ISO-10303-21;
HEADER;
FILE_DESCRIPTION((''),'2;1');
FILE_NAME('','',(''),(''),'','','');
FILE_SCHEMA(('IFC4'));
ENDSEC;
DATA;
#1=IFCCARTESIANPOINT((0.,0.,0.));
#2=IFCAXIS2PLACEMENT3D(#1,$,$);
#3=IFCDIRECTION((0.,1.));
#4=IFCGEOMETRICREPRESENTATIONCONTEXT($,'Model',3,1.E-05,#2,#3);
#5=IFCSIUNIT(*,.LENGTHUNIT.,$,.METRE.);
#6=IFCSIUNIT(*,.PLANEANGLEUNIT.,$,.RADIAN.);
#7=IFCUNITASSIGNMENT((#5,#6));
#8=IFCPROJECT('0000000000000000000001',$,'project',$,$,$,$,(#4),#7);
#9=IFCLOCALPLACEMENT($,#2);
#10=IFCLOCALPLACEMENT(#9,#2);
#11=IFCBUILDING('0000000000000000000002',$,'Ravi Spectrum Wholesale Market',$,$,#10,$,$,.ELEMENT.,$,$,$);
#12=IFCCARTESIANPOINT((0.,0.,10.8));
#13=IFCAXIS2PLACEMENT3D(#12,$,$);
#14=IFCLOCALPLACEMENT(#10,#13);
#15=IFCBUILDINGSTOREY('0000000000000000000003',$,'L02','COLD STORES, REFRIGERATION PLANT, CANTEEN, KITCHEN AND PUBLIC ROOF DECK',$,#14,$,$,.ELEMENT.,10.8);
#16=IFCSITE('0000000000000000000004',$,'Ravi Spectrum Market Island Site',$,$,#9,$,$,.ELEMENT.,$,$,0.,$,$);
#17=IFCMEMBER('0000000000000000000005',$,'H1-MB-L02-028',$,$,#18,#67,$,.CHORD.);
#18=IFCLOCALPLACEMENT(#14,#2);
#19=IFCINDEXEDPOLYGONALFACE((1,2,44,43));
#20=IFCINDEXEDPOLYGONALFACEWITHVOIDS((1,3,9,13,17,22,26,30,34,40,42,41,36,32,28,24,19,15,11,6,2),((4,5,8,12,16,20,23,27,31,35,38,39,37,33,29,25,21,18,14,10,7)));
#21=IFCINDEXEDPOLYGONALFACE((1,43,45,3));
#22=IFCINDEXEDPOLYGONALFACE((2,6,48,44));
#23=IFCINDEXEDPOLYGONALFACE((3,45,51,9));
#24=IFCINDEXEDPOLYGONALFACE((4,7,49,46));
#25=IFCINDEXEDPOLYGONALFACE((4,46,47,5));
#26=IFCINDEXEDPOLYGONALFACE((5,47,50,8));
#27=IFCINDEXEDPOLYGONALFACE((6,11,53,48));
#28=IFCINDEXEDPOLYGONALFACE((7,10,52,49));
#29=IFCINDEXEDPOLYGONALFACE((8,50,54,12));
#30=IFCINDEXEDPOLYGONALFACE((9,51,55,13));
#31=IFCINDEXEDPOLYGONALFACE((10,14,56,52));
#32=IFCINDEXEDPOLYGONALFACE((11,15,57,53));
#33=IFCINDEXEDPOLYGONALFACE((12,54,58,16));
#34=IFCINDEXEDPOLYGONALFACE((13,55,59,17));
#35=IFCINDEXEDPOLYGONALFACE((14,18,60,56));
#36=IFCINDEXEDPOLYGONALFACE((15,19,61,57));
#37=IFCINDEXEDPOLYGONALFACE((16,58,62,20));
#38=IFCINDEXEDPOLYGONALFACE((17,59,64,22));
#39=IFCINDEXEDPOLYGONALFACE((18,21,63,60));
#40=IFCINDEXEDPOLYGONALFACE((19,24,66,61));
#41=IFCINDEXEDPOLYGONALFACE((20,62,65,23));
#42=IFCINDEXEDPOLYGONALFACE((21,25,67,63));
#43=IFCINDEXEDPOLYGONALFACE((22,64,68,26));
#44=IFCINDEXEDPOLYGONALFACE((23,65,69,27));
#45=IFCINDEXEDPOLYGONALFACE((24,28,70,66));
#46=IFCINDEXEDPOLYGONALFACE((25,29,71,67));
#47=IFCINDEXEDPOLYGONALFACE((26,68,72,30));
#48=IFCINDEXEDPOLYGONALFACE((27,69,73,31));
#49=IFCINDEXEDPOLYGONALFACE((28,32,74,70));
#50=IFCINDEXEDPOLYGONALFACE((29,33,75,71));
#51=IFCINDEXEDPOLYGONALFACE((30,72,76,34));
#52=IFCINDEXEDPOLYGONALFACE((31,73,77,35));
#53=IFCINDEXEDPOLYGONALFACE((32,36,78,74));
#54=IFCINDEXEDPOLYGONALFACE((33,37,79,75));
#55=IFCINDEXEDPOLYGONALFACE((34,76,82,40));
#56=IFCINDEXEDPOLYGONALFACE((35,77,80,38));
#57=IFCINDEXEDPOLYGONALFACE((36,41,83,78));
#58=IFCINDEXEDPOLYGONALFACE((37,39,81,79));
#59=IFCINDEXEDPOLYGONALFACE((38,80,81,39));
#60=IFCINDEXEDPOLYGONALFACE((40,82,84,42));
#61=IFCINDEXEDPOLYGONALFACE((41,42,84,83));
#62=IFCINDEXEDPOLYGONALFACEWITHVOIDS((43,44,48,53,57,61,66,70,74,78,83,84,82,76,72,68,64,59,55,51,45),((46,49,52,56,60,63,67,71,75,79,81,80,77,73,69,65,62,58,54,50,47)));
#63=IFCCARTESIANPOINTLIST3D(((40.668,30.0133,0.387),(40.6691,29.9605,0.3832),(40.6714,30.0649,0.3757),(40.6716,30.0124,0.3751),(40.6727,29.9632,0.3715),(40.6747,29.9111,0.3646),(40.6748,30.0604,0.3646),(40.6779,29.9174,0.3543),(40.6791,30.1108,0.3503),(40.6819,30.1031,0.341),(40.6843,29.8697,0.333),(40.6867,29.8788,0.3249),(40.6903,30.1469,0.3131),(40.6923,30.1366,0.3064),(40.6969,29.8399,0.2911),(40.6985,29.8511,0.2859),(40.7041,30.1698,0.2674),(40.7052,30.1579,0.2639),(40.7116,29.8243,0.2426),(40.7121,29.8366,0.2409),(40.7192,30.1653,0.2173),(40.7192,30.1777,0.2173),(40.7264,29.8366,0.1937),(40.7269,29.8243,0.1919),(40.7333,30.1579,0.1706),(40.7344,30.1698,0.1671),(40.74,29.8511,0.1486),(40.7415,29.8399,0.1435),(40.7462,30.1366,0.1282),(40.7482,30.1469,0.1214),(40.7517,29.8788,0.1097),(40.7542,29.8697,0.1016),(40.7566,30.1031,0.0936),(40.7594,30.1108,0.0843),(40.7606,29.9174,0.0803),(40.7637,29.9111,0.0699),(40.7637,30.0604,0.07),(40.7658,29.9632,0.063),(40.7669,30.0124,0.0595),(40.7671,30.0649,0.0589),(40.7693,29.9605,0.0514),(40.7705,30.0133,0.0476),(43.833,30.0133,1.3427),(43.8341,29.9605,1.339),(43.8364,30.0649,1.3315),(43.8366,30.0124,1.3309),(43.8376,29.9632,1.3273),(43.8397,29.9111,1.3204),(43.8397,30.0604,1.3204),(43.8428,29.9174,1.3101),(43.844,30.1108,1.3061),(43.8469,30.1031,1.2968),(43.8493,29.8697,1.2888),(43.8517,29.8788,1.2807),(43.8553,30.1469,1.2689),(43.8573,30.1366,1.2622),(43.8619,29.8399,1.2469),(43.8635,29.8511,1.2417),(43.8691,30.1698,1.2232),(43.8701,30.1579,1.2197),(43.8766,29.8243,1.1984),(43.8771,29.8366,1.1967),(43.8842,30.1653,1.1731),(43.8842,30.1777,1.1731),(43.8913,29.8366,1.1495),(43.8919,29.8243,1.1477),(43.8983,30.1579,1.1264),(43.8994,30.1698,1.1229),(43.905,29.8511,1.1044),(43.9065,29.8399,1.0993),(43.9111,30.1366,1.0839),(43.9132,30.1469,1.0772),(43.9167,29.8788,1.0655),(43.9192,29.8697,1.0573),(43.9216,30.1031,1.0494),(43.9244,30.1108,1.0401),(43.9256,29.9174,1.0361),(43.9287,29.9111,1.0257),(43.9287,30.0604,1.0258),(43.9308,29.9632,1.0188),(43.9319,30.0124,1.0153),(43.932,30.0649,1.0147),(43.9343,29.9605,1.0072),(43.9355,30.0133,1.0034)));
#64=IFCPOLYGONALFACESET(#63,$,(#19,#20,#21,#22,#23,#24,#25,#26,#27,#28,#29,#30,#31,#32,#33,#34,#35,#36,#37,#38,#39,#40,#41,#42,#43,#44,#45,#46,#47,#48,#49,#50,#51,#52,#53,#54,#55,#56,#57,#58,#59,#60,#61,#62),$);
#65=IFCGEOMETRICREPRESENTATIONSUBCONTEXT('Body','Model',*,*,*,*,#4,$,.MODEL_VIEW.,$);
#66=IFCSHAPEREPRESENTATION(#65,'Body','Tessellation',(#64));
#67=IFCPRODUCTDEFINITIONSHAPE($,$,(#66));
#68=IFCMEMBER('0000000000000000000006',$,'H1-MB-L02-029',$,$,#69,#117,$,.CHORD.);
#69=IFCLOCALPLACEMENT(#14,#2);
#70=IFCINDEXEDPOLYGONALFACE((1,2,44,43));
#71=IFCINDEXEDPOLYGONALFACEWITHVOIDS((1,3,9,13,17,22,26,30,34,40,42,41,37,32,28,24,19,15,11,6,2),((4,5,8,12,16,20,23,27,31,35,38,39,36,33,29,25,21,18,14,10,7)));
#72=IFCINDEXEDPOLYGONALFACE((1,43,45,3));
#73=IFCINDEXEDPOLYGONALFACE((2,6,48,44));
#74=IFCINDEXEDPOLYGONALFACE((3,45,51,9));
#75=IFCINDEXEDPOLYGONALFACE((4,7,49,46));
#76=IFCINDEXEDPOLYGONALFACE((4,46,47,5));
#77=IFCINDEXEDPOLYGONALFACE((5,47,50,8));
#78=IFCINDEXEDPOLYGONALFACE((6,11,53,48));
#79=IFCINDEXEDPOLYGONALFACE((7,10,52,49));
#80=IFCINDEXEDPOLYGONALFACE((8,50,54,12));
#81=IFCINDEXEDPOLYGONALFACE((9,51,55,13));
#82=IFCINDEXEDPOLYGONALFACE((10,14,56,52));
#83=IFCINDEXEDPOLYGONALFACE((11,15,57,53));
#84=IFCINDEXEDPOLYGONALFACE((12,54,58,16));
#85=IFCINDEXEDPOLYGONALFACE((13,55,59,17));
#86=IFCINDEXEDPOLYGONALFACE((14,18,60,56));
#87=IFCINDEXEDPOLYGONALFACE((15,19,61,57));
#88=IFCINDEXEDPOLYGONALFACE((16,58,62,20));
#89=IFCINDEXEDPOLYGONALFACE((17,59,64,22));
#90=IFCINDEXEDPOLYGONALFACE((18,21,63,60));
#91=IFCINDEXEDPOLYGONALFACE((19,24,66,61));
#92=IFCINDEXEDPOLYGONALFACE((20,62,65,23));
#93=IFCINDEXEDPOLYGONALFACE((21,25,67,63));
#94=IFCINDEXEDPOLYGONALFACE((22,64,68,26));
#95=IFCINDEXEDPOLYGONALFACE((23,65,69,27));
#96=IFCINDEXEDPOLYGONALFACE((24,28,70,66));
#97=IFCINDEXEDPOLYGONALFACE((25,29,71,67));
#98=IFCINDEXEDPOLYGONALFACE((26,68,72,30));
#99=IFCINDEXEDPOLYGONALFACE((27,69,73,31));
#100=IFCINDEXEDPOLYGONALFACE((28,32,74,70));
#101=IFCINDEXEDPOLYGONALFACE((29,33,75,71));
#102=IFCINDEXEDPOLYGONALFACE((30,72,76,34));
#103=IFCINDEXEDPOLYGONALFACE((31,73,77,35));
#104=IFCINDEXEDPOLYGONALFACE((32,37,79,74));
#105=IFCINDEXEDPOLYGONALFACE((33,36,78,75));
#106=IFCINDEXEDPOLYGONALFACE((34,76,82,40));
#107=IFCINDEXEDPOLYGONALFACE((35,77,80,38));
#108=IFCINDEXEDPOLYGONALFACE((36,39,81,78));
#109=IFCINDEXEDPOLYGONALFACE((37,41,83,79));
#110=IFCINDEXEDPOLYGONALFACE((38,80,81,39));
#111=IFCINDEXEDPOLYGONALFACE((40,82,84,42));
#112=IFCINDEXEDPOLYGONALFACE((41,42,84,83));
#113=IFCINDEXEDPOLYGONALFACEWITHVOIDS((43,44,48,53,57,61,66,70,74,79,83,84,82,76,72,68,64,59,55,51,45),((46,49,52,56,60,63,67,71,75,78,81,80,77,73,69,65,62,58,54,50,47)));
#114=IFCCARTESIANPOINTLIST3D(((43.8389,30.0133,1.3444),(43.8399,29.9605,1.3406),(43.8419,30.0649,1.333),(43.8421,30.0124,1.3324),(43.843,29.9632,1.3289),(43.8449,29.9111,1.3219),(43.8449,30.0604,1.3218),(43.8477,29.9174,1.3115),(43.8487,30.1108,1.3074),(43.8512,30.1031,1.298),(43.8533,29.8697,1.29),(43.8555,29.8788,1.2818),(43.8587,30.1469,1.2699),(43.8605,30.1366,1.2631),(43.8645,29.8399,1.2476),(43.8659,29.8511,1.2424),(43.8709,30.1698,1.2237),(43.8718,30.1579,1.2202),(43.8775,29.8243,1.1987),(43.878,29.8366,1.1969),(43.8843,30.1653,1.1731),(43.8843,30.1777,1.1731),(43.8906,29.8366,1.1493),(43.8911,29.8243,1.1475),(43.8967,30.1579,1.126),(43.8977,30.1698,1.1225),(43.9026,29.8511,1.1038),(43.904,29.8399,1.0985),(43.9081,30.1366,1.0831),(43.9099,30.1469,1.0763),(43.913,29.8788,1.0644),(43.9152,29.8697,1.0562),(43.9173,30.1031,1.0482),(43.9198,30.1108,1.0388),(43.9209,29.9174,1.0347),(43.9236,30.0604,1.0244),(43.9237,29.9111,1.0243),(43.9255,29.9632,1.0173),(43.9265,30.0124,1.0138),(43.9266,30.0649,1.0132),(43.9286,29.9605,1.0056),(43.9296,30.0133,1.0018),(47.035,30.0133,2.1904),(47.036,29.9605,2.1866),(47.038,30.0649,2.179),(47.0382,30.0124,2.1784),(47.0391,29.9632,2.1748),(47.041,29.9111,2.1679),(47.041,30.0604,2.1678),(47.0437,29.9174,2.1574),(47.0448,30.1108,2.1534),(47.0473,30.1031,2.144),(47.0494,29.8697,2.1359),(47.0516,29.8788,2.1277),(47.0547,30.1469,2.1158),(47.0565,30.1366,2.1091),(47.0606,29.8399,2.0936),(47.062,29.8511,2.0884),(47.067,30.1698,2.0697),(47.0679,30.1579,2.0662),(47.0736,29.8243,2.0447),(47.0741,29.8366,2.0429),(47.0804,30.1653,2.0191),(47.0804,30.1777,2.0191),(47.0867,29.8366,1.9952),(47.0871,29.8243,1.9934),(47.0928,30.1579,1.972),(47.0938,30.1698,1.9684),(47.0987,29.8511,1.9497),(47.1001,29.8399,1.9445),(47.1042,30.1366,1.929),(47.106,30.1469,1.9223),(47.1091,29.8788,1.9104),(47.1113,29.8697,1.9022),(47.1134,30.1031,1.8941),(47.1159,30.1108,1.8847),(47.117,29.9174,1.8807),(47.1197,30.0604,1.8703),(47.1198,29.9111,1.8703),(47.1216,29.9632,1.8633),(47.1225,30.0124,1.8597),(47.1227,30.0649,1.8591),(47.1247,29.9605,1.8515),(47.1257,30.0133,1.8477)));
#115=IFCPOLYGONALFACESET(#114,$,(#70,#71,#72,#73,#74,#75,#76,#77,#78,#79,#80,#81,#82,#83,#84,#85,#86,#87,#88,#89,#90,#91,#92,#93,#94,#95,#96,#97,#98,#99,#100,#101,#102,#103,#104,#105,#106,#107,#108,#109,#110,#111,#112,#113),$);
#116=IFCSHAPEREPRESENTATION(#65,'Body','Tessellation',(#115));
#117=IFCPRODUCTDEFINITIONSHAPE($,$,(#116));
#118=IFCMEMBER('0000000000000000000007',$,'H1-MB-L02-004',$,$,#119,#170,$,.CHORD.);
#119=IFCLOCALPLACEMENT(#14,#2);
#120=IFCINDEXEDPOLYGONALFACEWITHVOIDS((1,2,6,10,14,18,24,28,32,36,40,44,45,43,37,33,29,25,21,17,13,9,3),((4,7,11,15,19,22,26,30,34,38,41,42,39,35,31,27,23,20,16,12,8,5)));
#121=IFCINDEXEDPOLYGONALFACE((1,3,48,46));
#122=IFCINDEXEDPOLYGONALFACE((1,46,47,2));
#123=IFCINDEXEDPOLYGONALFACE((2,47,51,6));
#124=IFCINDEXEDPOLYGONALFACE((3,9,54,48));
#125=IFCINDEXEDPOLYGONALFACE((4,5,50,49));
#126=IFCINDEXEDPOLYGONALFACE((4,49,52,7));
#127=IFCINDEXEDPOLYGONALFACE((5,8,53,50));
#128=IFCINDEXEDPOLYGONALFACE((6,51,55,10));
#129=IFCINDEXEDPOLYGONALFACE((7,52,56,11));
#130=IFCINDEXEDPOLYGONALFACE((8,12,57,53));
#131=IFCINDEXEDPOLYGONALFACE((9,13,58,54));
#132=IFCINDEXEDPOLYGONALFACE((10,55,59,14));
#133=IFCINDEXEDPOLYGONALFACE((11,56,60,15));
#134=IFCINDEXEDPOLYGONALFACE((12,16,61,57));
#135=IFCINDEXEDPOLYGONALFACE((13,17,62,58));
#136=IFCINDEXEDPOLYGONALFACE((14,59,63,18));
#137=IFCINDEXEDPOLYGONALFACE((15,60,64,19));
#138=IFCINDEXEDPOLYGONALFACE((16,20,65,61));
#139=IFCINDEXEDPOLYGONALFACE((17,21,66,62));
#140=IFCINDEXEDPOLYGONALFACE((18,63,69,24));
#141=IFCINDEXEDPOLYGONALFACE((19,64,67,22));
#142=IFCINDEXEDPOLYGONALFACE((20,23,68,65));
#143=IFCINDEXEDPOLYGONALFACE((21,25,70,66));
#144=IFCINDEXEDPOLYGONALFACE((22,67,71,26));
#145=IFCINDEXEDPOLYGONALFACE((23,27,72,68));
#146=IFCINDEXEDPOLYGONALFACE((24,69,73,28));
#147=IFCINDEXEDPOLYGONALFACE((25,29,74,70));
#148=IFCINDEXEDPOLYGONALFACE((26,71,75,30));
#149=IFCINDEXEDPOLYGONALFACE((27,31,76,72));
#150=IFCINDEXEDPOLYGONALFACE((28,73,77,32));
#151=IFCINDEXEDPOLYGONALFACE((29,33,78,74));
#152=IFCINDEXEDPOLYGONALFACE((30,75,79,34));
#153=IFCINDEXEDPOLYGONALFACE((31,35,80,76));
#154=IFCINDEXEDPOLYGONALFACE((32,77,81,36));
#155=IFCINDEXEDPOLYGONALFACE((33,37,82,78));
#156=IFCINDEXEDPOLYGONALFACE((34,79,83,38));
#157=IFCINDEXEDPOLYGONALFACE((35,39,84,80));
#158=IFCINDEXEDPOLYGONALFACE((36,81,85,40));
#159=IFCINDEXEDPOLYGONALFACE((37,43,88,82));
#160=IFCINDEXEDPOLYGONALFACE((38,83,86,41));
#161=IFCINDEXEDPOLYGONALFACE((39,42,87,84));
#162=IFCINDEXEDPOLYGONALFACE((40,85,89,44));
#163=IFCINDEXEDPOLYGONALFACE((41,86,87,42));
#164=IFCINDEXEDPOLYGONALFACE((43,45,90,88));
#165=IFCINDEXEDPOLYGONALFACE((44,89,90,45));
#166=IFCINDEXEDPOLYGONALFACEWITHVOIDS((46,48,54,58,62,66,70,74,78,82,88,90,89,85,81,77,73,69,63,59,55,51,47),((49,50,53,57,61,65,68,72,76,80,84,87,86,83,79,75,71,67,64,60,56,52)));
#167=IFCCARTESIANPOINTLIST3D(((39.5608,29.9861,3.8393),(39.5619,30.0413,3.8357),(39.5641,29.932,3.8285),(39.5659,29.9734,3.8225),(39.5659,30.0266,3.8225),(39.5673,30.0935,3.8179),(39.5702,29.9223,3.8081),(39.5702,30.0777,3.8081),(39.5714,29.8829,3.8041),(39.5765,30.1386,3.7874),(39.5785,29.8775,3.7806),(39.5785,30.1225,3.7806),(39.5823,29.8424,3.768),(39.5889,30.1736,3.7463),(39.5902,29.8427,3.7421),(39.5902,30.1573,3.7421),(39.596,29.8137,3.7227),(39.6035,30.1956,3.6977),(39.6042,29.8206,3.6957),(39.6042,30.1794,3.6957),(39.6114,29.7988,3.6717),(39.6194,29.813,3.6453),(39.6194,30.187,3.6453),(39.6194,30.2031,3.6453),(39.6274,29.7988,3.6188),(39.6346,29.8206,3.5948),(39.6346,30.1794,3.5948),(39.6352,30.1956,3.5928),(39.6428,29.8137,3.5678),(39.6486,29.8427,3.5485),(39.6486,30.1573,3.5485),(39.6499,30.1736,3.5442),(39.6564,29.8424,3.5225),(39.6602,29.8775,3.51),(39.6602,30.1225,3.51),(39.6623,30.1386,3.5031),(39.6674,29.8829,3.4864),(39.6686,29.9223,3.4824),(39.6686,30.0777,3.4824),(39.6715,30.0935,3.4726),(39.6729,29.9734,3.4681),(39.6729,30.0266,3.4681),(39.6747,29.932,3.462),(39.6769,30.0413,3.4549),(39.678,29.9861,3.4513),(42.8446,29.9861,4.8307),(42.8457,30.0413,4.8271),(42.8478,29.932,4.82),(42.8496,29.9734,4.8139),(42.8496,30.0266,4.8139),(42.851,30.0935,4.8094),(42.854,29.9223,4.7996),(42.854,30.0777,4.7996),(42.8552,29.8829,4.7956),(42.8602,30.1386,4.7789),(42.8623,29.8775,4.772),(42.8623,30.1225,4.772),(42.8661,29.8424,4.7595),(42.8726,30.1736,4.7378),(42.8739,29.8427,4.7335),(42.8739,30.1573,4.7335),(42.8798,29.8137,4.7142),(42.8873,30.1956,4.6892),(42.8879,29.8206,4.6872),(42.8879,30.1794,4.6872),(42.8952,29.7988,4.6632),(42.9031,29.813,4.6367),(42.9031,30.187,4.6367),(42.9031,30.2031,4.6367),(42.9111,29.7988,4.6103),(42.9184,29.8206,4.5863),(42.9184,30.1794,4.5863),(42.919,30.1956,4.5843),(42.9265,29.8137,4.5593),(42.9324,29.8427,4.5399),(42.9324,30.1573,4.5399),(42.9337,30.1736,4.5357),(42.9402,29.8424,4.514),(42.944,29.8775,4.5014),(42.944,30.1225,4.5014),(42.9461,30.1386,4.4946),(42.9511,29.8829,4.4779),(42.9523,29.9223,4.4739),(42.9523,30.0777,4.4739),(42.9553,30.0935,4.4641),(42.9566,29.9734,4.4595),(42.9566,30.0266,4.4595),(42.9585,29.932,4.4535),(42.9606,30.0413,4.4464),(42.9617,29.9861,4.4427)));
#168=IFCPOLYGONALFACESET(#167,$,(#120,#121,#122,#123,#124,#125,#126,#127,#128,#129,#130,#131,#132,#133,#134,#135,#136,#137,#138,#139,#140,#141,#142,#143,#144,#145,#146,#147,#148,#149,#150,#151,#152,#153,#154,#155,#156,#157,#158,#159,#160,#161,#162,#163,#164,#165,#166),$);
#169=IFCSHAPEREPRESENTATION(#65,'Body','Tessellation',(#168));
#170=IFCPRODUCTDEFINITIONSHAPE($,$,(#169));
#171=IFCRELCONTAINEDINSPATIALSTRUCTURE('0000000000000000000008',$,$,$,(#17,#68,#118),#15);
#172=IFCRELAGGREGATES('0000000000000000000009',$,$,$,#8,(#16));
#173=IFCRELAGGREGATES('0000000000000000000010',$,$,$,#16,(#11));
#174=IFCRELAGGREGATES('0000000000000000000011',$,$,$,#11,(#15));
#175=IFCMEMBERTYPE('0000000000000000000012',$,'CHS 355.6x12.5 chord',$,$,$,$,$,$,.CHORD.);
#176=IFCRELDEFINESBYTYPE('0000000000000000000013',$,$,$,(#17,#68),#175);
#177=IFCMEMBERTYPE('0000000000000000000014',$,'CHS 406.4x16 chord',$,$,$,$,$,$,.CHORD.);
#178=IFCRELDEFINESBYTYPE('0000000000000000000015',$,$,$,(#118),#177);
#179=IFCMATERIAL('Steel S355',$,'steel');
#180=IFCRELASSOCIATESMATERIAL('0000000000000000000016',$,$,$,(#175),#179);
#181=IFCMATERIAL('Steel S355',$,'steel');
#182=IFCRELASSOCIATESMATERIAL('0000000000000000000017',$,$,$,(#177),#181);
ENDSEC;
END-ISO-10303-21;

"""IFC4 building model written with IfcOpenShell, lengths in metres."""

from ifc_helpers import new_model, si_unit, direction, frame, origin, origin_2d, place, context, subcontext, project, spatial, hollow_circle, extrude, material, material_profile, profile_set, type_object, element, save


model = new_model("IFC4")

# Units and contexts
model_context = context("Model", 3, precision=1e-05, world=origin(), true_north=direction((0.0, 1.0)))
body_context = subcontext(model_context, "Body", "Model", "MODEL_VIEW")
ifc_project = project(units=[si_unit("LENGTHUNIT", "METRE"), si_unit("PLANEANGLEUNIT", "RADIAN")], contexts=[model_context])

# Site, building, storey
site_placement = place(None, origin())
site = spatial("IfcSite", under=ifc_project, at=site_placement, Name="Ravi Spectrum Market Island Site", CompositionType="ELEMENT", RefElevation=0.0)
building_placement = place(site_placement, origin())
building = spatial("IfcBuilding", under=site, at=building_placement, Name="Ravi Spectrum Wholesale Market", CompositionType="ELEMENT")
storey_placement = place(building_placement, frame((0.0, 0.0, 10.8)))
storey = spatial("IfcBuildingStorey", under=building, at=storey_placement, Name="L02", Description="COLD STORES, REFRIGERATION PLANT, CANTEEN, KITCHEN AND PUBLIC ROOF DECK", CompositionType="ELEMENT", Elevation=10.8)

# Members
ifc_material_1 = material(Name="Steel S355", Category="steel")
ifc_material_profile_1 = material_profile(ifc_material_1, hollow_circle(Radius=0.1777, WallThickness=0.0125, at=origin_2d()))
ifc_profile_set_1 = profile_set([ifc_material_profile_1], Name="Steel S355")
member_type_1 = type_object("IfcMemberType", Name="CHS 355.6x12.5 chord", PredefinedType="CHORD", material=ifc_profile_set_1)
for number, where, z_axis, x_axis, name in (
    (1, (40.7192, 30.0, 0.2173), (0.9573, 0.0, 0.289095), (0.0, 1.0, 0.0), "H1-MB-L02-028"),
    (2, (43.8843, 30.0, 1.1731), (0.96671, 0.0, 0.255874), (0.0, 1.0, 0.0), "H1-MB-L02-029"),
):
    element("IfcMember", number, at=place(storey_placement, frame(where, z_axis=z_axis, x_axis=x_axis)), inside=storey, type_object=member_type_1, Name=name, PredefinedType="CHORD", context=body_context, shape_type="SweptSolid", body=[
        extrude(hollow_circle(Radius=0.1777, WallThickness=0.0125, at=origin_2d()), origin(), (0.0, 0.0, 1.0), 3.3062),
    ])
ifc_material_2 = material(Name="Steel S355", Category="steel")
ifc_material_profile_2 = material_profile(ifc_material_2, hollow_circle(Radius=0.2031, WallThickness=0.0161, at=origin_2d()))
ifc_profile_set_2 = profile_set([ifc_material_profile_2], Name="Steel S355")
member_type_2 = type_object("IfcMemberType", Name="CHS 406.4x16 chord", PredefinedType="CHORD", material=ifc_profile_set_2)
member_1_placement = place(storey_placement, frame((39.6194, 30.0, 3.6453), z_axis=(0.957315, 0.0, 0.289045), x_axis=(0.0, 1.0, 0.0)))
element("IfcMember", 3, at=member_1_placement, inside=storey, type_object=member_type_2, Name="H1-MB-L02-004", PredefinedType="CHORD", context=body_context, shape_type="SweptSolid", body=[
    extrude(hollow_circle(Radius=0.2031, WallThickness=0.0161, at=origin_2d()), origin(), (0.0, 0.0, 1.0), 3.4302),
])

save(model, "model.ifc")
